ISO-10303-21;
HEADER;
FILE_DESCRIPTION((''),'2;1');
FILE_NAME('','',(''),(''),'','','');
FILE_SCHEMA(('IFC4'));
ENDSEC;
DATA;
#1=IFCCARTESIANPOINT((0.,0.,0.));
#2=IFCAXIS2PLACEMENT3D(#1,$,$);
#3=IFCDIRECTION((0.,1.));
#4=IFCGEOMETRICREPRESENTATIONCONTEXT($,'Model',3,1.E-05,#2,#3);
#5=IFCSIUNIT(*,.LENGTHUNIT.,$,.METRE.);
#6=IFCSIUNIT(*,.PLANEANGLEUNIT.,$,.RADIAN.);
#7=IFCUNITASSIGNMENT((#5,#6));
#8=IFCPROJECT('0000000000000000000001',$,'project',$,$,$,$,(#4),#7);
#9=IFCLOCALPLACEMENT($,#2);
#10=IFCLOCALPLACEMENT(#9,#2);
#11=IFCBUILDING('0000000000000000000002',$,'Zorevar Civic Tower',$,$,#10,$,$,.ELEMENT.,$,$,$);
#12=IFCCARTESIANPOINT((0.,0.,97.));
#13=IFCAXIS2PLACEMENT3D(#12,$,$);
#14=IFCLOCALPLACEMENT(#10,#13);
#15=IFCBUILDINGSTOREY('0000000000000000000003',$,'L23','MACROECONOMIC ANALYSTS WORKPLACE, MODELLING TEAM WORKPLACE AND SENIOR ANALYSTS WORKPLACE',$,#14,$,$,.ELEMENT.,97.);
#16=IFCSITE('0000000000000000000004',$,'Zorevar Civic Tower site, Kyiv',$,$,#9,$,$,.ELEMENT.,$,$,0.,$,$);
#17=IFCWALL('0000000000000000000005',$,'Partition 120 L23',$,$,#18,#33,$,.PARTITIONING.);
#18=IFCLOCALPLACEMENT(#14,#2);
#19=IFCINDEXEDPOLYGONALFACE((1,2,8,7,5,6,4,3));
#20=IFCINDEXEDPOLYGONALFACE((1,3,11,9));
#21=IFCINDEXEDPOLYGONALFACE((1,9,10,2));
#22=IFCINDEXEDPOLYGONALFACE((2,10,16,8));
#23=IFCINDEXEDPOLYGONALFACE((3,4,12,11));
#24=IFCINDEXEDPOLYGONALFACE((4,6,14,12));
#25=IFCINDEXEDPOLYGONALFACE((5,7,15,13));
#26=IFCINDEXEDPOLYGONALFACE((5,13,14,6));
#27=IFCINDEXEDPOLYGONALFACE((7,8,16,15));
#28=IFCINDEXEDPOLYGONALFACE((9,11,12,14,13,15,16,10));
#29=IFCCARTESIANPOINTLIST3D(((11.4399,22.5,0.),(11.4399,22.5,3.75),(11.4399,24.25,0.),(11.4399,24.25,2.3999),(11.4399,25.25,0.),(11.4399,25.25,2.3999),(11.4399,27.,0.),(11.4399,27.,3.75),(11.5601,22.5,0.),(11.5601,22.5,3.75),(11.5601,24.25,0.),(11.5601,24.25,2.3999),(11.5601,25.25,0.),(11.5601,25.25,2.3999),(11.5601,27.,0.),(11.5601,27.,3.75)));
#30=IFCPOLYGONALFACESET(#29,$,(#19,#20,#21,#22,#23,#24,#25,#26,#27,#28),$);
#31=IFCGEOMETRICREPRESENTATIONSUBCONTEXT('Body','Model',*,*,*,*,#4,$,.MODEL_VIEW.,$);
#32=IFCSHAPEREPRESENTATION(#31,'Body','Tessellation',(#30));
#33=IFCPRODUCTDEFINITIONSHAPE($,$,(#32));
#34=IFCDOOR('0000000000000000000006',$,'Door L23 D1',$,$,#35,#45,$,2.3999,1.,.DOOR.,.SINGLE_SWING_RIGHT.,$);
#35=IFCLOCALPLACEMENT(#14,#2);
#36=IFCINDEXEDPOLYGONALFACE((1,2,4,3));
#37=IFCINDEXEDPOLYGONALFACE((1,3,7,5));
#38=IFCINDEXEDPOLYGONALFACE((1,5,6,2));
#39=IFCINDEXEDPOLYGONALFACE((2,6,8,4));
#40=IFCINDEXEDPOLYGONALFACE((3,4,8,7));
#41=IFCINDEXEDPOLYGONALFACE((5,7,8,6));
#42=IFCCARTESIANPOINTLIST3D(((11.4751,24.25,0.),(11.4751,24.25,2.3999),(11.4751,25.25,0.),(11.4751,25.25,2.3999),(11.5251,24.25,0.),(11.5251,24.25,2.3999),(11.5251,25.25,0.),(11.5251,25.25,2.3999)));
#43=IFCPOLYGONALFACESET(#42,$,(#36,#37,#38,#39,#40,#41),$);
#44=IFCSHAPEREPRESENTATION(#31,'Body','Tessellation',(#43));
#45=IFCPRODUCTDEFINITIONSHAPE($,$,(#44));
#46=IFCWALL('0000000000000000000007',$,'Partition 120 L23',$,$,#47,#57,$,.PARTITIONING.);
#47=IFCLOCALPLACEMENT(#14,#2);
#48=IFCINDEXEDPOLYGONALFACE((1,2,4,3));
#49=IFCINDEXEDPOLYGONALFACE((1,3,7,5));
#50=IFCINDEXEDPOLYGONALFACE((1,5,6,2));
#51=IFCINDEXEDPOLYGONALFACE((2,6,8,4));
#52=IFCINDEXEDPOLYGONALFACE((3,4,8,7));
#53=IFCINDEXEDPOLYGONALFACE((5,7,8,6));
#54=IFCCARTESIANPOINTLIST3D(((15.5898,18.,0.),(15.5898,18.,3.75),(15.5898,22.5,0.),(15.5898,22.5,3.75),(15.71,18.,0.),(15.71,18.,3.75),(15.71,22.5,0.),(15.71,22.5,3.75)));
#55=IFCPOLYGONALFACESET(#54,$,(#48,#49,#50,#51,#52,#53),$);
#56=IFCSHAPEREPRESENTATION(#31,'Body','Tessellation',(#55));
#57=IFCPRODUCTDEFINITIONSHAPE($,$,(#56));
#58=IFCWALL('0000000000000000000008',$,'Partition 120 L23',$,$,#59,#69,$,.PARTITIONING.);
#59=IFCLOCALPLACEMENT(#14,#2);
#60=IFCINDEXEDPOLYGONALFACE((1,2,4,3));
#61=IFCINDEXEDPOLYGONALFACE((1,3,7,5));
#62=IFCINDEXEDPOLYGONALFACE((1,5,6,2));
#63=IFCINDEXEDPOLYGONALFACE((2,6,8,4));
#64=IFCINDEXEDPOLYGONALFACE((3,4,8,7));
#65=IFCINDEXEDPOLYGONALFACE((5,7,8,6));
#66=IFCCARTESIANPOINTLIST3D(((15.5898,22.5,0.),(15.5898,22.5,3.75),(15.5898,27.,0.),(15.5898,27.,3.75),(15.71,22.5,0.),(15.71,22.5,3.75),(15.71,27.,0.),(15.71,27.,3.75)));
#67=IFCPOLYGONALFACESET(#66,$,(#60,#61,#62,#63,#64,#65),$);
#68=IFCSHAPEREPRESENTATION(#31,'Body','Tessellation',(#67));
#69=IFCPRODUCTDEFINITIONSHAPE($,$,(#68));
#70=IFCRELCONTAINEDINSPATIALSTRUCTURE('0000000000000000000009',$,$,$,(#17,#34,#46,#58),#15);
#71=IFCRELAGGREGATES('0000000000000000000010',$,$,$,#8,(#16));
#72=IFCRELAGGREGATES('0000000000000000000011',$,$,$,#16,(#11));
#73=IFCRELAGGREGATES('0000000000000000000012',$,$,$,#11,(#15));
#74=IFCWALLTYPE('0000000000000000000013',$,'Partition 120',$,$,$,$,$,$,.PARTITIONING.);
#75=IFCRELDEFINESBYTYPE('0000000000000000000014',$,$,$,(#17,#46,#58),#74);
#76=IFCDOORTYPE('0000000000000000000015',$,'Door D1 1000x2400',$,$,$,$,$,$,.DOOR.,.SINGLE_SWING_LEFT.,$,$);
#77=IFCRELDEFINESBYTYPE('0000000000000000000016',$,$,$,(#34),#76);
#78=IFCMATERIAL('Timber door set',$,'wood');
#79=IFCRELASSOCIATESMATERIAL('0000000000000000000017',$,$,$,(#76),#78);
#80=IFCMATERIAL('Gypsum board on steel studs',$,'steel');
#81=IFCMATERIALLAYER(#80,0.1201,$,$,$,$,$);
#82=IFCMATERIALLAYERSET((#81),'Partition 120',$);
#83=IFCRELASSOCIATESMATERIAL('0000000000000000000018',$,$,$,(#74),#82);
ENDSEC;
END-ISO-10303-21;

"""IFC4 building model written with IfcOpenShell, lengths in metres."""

from ifc_helpers import new_model, si_unit, direction, frame, frame_2d, origin, place, context, subcontext, project, spatial, rectangle, extrude, material, layer, layer_set, type_object, element, fill, save


model = new_model("IFC4")

# Units and contexts
model_context = context("Model", 3, precision=1e-05, world=origin(), true_north=direction((0.0, 1.0)))
body_context = subcontext(model_context, "Body", "Model", "MODEL_VIEW")
ifc_project = project(units=[si_unit("LENGTHUNIT", "METRE"), si_unit("PLANEANGLEUNIT", "RADIAN")], contexts=[model_context])

# Site, building, storey
site_placement = place(None, origin())
site = spatial("IfcSite", under=ifc_project, at=site_placement, Name="Zorevar Civic Tower site, Kyiv", CompositionType="ELEMENT", RefElevation=0.0)
building_placement = place(site_placement, origin())
building = spatial("IfcBuilding", under=site, at=building_placement, Name="Zorevar Civic Tower", CompositionType="ELEMENT")
storey_placement = place(building_placement, frame((0.0, 0.0, 97.0)))
storey = spatial("IfcBuildingStorey", under=building, at=storey_placement, Name="L23", Description="MACROECONOMIC ANALYSTS WORKPLACE, MODELLING TEAM WORKPLACE AND SENIOR ANALYSTS WORKPLACE", CompositionType="ELEMENT", Elevation=97.0)

# Shared definitions
ifc_material_1 = material(Name="Timber door set", Category="wood")
door_type_1 = type_object("IfcDoorType", Name="Door D1 1000x2400", OperationType="SINGLE_SWING_LEFT", PredefinedType="DOOR", material=ifc_material_1)

# Shared definitions
ifc_material_2 = material(Name="Gypsum board on steel studs", Category="steel")
ifc_layer_1 = layer(ifc_material_2, 0.1201)
ifc_layer_set_1 = layer_set([ifc_layer_1], Name="Partition 120")
wall_type_1 = type_object("IfcWallType", Name="Partition 120", PredefinedType="PARTITIONING", material=ifc_layer_set_1)

# Wall, opening, door
wall_1_placement = place(storey_placement, frame((11.5, 22.5, 0.0), z_axis=(0.0, 0.0, 1.0), x_axis=(0.0, 1.0, 0.0)))
wall_1 = element("IfcWall", 1, at=wall_1_placement, inside=storey, type_object=wall_type_1, Name="Partition 120 L23", PredefinedType="PARTITIONING", context=body_context, shape_type="SweptSolid", body=[
    extrude(rectangle(XDim=4.5, YDim=0.1201, at=frame_2d((2.25, 0.0))), origin(), (0.0, 0.0, 1.0), 3.75),
])
opening_1_placement = place(wall_1_placement, frame((1.75, 0.0, 0.0)))
opening_1 = element("IfcOpeningElement", 2, at=opening_1_placement, cuts=wall_1, PredefinedType="OPENING", context=body_context, shape_type="SweptSolid", body=[
    extrude(rectangle(XDim=1.0, YDim=2.3999, at=frame_2d((0.5, 1.2))), frame((0.0, 0.0701, 0.0), z_axis=(0.0, -1.0, 0.0), x_axis=(1.0, 0.0, 0.0)), (0.0, 0.0, 1.0), 0.1401),
])
door_1_placement = place(opening_1_placement, origin())
door_1 = element("IfcDoor", 3, at=door_1_placement, inside=storey, type_object=door_type_1, Name="Door L23 D1", OperationType="SINGLE_SWING_RIGHT", OverallHeight=2.3999, OverallWidth=1.0, PredefinedType="DOOR", context=body_context, shape_type="SweptSolid", body=[
    extrude(rectangle(XDim=1.0, YDim=2.3999, at=frame_2d((0.5, 1.2))), frame((0.0, 0.0249, 0.0), z_axis=(0.0, -1.0, 0.0), x_axis=(1.0, 0.0, 0.0)), (0.0, 0.0, 1.0), 0.05),
])
fill(opening_1, door_1)

# Walls
for number, where, z_axis, x_axis, name in (
    (4, (15.6499, 18.0, 0.0), (0.0, 0.0, 1.0), (0.0, 1.0, 0.0), "Partition 120 L23"),
    (5, (15.6499, 22.5, 0.0), (0.0, 0.0, 1.0), (0.0, 1.0, 0.0), "Partition 120 L23"),
):
    element("IfcWall", number, at=place(storey_placement, frame(where, z_axis=z_axis, x_axis=x_axis)), inside=storey, type_object=wall_type_1, Name=name, PredefinedType="PARTITIONING", context=body_context, shape_type="SweptSolid", body=[
        extrude(rectangle(XDim=4.5, YDim=0.1201, at=frame_2d((2.25, 0.0))), origin(), (0.0, 0.0, 1.0), 3.75),
    ])

save(model, "model.ifc")
